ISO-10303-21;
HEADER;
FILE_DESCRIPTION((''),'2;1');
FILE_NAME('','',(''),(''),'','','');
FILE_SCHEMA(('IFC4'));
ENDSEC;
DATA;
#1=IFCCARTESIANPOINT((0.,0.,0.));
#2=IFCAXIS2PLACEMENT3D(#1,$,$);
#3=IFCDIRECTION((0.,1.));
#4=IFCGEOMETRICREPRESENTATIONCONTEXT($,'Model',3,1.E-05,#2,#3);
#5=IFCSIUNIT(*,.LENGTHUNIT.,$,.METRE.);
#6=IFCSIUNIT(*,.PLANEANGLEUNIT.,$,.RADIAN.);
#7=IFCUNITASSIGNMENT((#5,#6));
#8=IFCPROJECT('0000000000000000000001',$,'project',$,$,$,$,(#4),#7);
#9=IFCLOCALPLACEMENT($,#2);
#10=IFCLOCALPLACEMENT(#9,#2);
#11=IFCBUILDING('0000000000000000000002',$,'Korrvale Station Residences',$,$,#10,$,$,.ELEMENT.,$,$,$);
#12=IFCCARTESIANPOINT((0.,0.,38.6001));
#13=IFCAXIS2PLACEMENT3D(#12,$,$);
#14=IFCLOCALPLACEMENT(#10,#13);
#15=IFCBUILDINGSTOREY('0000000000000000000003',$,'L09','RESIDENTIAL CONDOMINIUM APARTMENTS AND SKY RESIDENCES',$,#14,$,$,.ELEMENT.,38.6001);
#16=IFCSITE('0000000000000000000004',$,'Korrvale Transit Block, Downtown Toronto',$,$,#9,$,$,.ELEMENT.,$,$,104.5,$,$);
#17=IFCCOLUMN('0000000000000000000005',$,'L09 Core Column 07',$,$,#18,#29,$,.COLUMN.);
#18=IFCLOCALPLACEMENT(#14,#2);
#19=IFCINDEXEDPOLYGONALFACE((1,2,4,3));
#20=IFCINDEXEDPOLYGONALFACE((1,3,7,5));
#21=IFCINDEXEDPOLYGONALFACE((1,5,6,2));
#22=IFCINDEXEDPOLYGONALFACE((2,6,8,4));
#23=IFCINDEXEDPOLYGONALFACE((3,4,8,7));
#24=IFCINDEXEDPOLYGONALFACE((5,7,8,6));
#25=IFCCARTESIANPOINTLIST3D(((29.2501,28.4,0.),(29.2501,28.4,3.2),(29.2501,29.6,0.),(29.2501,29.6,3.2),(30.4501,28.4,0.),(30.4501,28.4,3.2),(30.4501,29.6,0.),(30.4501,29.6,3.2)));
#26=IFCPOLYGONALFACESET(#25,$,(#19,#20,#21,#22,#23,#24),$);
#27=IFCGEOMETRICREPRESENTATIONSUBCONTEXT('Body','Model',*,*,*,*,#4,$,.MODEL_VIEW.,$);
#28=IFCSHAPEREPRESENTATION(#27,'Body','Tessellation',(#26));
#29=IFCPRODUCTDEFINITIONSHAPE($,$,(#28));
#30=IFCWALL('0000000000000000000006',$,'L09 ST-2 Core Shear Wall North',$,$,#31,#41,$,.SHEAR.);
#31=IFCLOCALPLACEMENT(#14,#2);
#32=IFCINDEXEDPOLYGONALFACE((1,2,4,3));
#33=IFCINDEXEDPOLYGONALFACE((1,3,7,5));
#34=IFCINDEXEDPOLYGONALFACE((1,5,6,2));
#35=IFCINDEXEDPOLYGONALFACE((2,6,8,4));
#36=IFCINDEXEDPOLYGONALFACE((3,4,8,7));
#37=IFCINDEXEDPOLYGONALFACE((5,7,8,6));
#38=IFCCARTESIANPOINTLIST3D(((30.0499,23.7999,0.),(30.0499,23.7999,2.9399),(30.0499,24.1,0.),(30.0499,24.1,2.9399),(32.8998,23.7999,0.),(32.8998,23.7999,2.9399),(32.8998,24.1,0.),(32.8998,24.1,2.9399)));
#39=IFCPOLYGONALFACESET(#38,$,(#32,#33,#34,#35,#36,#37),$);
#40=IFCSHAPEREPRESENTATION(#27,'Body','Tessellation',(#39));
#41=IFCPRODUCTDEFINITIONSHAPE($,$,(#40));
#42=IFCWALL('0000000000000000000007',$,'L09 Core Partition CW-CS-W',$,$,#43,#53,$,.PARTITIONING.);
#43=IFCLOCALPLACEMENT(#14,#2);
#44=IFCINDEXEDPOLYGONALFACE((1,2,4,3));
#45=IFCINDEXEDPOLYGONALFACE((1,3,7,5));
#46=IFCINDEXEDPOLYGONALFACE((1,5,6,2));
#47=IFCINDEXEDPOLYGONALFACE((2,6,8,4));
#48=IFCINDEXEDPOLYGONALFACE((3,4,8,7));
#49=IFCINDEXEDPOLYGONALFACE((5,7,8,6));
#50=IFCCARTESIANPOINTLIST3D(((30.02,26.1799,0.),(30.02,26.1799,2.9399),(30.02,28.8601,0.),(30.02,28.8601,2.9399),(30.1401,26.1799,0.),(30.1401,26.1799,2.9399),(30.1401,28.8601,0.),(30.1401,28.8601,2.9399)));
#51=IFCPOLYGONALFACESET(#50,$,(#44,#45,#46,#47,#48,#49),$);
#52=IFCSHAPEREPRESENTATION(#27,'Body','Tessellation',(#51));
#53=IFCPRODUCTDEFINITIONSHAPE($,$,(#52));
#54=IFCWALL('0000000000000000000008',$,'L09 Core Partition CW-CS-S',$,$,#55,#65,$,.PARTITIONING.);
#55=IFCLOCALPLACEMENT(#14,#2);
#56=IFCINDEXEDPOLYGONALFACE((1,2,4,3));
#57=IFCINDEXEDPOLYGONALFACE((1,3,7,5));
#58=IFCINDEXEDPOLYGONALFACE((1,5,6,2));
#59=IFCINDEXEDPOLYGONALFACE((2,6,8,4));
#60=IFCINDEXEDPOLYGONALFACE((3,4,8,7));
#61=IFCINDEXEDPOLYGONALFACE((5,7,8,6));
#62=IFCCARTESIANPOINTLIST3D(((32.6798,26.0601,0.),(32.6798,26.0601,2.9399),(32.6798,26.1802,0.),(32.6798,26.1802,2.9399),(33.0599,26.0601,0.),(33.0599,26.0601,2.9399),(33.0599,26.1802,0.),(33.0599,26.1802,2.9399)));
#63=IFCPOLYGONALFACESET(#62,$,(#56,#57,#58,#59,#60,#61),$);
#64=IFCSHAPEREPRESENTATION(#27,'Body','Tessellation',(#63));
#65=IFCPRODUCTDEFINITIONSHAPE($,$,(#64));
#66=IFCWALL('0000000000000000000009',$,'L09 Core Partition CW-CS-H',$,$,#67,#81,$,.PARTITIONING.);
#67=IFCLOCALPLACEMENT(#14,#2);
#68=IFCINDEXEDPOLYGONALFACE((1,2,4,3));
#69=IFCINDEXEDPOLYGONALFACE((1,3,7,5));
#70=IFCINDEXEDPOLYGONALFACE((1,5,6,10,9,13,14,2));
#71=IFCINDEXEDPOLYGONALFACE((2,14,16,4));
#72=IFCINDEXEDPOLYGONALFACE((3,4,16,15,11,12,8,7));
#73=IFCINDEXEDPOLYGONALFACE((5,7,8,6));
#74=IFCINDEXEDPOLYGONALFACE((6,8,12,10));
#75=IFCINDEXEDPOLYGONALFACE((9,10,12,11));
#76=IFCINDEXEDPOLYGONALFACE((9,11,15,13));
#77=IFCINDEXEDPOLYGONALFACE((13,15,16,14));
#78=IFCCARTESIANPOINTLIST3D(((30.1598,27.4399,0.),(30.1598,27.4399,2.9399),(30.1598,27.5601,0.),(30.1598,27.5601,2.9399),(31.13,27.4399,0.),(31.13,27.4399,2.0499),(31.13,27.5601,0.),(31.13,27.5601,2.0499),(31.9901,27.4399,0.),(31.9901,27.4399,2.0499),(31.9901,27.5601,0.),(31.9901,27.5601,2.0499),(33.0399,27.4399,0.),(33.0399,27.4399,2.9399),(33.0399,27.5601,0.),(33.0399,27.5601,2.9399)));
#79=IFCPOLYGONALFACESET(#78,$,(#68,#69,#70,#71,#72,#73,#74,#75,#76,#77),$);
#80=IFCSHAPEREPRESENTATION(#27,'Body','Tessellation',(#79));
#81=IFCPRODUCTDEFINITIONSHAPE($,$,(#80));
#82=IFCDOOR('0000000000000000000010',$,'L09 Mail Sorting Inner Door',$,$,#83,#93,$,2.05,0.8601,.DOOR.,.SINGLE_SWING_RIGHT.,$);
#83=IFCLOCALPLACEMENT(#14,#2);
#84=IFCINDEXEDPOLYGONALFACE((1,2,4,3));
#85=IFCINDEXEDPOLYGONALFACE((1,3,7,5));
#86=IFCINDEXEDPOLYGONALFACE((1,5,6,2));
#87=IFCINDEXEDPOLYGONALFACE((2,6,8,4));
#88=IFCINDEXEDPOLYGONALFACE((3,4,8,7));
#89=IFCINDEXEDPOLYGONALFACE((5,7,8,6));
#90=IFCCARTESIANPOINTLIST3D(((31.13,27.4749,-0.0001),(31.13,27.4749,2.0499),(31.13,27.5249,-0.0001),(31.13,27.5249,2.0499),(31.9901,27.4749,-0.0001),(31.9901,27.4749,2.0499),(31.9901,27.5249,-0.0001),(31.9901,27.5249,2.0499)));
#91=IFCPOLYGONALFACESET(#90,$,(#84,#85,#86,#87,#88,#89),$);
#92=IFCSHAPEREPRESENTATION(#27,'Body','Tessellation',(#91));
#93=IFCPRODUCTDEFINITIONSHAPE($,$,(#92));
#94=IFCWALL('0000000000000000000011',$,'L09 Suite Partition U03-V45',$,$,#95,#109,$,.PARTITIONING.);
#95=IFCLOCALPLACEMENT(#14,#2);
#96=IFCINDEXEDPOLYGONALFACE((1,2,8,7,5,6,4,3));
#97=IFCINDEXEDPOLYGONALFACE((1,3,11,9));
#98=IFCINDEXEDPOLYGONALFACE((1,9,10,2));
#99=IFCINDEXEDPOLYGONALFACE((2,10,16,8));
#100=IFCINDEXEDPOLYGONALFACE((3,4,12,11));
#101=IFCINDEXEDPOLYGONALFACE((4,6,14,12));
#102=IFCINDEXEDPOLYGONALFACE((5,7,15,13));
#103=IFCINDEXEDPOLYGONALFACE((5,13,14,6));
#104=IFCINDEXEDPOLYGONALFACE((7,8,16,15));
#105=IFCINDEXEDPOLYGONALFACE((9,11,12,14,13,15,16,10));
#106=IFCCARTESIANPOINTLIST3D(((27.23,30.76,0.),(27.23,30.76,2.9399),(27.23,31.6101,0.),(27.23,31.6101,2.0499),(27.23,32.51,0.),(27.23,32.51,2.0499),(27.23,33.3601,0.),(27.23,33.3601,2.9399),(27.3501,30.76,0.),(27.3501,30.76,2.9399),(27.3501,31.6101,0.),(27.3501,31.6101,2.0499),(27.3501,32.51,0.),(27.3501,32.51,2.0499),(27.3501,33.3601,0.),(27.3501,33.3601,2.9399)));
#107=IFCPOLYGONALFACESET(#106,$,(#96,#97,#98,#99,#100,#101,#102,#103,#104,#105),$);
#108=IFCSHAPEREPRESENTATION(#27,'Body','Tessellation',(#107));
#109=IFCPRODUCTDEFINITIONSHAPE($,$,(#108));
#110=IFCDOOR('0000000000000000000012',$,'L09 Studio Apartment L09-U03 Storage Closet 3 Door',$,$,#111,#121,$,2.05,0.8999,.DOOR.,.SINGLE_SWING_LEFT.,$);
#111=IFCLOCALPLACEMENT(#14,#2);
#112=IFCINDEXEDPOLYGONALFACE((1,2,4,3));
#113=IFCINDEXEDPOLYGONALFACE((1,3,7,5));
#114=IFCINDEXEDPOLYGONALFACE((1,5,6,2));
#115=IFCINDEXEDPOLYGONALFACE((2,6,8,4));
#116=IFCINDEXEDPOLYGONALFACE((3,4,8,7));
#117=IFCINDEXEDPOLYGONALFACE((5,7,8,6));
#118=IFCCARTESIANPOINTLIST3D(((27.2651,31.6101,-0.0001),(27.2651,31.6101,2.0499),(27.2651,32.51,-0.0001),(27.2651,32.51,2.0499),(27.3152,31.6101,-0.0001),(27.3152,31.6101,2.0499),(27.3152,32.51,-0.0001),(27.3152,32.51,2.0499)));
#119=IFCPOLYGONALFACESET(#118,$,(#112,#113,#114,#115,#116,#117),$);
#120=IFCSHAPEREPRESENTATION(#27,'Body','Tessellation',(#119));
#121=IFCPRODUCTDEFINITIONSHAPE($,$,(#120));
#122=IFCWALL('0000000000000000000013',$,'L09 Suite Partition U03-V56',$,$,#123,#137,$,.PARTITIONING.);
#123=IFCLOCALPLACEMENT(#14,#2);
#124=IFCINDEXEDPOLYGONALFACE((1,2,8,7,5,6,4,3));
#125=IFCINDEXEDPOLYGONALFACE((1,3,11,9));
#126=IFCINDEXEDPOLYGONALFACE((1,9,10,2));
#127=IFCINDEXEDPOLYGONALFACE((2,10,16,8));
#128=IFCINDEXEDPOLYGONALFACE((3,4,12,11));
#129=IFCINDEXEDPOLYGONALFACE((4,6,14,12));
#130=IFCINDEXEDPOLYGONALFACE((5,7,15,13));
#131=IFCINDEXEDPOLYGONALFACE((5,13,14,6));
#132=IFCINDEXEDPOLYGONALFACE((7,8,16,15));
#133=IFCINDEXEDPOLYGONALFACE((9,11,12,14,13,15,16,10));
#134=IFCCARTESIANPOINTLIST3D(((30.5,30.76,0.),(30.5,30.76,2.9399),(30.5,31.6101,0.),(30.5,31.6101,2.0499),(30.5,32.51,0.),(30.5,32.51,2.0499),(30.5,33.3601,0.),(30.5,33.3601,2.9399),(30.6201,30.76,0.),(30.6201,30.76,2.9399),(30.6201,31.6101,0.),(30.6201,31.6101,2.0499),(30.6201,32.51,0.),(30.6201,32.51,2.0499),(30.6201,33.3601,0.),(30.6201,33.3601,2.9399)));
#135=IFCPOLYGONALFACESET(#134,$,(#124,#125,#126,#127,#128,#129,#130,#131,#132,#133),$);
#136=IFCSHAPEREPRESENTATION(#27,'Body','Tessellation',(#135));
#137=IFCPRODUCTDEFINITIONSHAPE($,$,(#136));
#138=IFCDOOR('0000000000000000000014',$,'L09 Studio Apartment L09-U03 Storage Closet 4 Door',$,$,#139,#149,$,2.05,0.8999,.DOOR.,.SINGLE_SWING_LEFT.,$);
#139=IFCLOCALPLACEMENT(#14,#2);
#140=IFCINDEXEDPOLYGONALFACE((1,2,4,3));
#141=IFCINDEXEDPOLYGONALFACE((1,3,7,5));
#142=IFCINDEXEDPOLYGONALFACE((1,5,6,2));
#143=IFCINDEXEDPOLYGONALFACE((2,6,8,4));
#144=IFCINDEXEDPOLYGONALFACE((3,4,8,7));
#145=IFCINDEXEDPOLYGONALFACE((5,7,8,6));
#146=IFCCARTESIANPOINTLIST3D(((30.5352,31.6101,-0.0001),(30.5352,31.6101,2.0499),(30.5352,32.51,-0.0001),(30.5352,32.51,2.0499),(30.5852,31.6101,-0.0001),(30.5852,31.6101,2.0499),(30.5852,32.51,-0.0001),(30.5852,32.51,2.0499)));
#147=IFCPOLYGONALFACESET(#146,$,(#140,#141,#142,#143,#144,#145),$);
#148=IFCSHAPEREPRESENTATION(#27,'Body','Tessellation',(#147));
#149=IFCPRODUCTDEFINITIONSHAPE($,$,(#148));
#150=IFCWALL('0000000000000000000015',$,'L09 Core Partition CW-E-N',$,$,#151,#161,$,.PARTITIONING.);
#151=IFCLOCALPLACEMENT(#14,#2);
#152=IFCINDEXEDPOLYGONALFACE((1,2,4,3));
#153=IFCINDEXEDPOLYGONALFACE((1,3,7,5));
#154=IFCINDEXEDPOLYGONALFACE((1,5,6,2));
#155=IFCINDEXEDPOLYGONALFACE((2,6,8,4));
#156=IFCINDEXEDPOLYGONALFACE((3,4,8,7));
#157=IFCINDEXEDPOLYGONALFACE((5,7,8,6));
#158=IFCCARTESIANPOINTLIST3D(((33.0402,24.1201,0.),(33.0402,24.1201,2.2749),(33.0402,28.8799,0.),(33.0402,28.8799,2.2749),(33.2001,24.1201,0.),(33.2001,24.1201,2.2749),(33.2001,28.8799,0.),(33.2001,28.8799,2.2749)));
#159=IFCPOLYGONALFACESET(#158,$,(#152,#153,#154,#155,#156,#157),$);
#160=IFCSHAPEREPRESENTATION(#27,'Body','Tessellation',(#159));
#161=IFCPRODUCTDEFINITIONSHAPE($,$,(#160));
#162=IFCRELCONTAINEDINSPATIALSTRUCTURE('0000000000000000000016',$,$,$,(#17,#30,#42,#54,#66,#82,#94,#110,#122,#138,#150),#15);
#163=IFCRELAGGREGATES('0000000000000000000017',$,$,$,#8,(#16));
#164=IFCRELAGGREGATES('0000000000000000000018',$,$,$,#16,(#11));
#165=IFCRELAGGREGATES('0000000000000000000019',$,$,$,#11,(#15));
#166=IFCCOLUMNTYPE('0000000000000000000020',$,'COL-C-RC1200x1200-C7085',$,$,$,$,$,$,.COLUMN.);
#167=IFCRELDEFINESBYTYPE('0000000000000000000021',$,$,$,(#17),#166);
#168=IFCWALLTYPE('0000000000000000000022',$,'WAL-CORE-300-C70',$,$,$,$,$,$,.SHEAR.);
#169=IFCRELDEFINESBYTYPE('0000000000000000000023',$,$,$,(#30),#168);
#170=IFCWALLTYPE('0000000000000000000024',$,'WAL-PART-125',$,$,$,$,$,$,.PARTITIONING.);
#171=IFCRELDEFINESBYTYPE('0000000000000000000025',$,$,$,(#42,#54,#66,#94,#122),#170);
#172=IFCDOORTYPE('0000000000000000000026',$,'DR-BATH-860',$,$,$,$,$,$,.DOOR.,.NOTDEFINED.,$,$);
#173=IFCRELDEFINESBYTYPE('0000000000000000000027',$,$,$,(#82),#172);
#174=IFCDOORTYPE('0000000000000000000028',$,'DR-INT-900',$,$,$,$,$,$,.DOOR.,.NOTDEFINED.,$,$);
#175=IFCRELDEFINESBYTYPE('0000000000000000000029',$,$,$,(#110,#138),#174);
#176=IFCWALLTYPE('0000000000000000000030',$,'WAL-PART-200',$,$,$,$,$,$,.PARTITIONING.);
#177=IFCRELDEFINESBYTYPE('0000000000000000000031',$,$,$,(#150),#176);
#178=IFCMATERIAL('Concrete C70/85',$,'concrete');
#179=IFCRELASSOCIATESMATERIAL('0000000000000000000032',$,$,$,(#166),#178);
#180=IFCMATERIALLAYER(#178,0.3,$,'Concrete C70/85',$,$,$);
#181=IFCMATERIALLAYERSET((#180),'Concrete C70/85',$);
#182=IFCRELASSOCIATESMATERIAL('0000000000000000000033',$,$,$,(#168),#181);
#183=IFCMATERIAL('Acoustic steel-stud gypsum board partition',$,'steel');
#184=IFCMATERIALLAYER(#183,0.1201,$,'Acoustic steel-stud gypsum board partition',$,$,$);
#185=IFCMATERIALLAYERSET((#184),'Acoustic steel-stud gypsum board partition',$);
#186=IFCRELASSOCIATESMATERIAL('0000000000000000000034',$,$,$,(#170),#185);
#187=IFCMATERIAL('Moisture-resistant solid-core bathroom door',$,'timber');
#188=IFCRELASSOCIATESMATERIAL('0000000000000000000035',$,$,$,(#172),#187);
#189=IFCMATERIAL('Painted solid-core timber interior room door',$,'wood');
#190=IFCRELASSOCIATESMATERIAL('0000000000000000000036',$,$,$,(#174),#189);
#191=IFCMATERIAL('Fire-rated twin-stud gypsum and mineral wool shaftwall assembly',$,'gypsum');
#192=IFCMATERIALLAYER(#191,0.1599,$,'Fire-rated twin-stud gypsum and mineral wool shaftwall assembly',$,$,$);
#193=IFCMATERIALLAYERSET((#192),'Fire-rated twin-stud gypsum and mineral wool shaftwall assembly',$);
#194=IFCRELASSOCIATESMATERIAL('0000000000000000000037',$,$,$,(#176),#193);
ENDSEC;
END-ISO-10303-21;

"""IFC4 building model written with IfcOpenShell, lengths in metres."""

from ifc_helpers import new_model, si_unit, direction, frame, frame_2d, origin, origin_2d, place, context, subcontext, project, spatial, rectangle, extrude, material, layer, layer_set, material_profile, profile_set, type_object, element, fill, save


model = new_model("IFC4")

# Units and contexts
model_context = context("Model", 3, precision=1e-05, world=origin(), true_north=direction((0.0, 1.0)))
body_context = subcontext(model_context, "Body", "Model", "MODEL_VIEW")
ifc_project = project(units=[si_unit("LENGTHUNIT", "METRE"), si_unit("PLANEANGLEUNIT", "RADIAN")], contexts=[model_context])

# Site, building, storey
site_placement = place(None, origin())
site = spatial("IfcSite", under=ifc_project, at=site_placement, Name="Korrvale Transit Block, Downtown Toronto", CompositionType="ELEMENT", RefElevation=104.5)
building_placement = place(site_placement, origin())
building = spatial("IfcBuilding", under=site, at=building_placement, Name="Korrvale Station Residences", CompositionType="ELEMENT")
storey_placement = place(building_placement, frame((0.0, 0.0, 38.6001)))
storey = spatial("IfcBuildingStorey", under=building, at=storey_placement, Name="L09", Description="RESIDENTIAL CONDOMINIUM APARTMENTS AND SKY RESIDENCES", CompositionType="ELEMENT", Elevation=38.6001)

# Column
ifc_material_1 = material(Name="Concrete C70/85", Category="concrete")
ifc_material_profile = material_profile(ifc_material_1, rectangle(XDim=1.2, YDim=1.2, at=origin_2d()), Name="RC1200x1200")
ifc_profile_set = profile_set([ifc_material_profile], Name="Concrete C70/85")
column_type = type_object("IfcColumnType", Name="COL-C-RC1200x1200-C7085", PredefinedType="COLUMN", material=ifc_profile_set)
column_placement = place(storey_placement, frame((29.8501, 29.0, 0.0), z_axis=(0.0, 0.0, 1.0), x_axis=(1.0, 0.0, 0.0)))
element("IfcColumn", 1, at=column_placement, inside=storey, type_object=column_type, Name="L09 Core Column 07", PredefinedType="COLUMN", context=body_context, shape_type="SweptSolid", body=[
    extrude(rectangle(XDim=1.2, YDim=1.2, at=origin_2d()), origin(), (0.0, 0.0, 1.0), 3.2),
])

# Walls
ifc_layer_1 = layer(ifc_material_1, 0.3, Name="Concrete C70/85")
ifc_layer_set_1 = layer_set([ifc_layer_1], Name="Concrete C70/85")
wall_type_1 = type_object("IfcWallType", Name="WAL-CORE-300-C70", PredefinedType="SHEAR", material=ifc_layer_set_1)
wall_1_placement = place(storey_placement, frame((30.05, 23.95, 0.0), z_axis=(0.0, 0.0, 1.0), x_axis=(1.0, 0.0, 0.0)))
element("IfcWall", 2, at=wall_1_placement, inside=storey, type_object=wall_type_1, Name="L09 ST-2 Core Shear Wall North", PredefinedType="SHEAR", context=body_context, shape_type="SweptSolid", body=[
    extrude(rectangle(XDim=2.8499, YDim=0.3, at=frame_2d((1.4248, 0.0))), origin(), (0.0, 0.0, 1.0), 2.9399),
])
ifc_material_2 = material(Name="Acoustic steel-stud gypsum board partition", Category="steel")
ifc_layer_2 = layer(ifc_material_2, 0.1201, Name="Acoustic steel-stud gypsum board partition")
ifc_layer_set_2 = layer_set([ifc_layer_2], Name="Acoustic steel-stud gypsum board partition")
wall_type_2 = type_object("IfcWallType", Name="WAL-PART-125", PredefinedType="PARTITIONING", material=ifc_layer_set_2)
wall_2_placement = place(storey_placement, frame((30.0801, 26.1799, 0.0), z_axis=(0.0, 0.0, 1.0), x_axis=(0.0, 1.0, 0.0)))
element("IfcWall", 3, at=wall_2_placement, inside=storey, type_object=wall_type_2, Name="L09 Core Partition CW-CS-W", PredefinedType="PARTITIONING", context=body_context, shape_type="SweptSolid", body=[
    extrude(rectangle(XDim=2.6802, YDim=0.1201, at=frame_2d((1.3401, 0.0))), origin(), (0.0, 0.0, 1.0), 2.9399),
])
wall_3_placement = place(storey_placement, frame((32.6799, 26.1201, 0.0), z_axis=(0.0, 0.0, 1.0), x_axis=(1.0, 0.0, 0.0)))
element("IfcWall", 4, at=wall_3_placement, inside=storey, type_object=wall_type_2, Name="L09 Core Partition CW-CS-S", PredefinedType="PARTITIONING", context=body_context, shape_type="SweptSolid", body=[
    extrude(rectangle(XDim=0.3801, YDim=0.1201, at=frame_2d((0.1899, 0.0))), origin(), (0.0, 0.0, 1.0), 2.9399),
])

# Walls, openings, doors
wall_4_placement = place(storey_placement, frame((30.1599, 27.5, 0.0), z_axis=(0.0, 0.0, 1.0), x_axis=(1.0, 0.0, 0.0)))
wall_4 = element("IfcWall", 5, at=wall_4_placement, inside=storey, type_object=wall_type_2, Name="L09 Core Partition CW-CS-H", PredefinedType="PARTITIONING", context=body_context, shape_type="SweptSolid", body=[
    extrude(rectangle(XDim=2.8801, YDim=0.1201, at=frame_2d((1.4399, 0.0))), origin(), (0.0, 0.0, 1.0), 2.9399),
])
opening_1_placement = place(wall_4_placement, frame((0.97, 0.0, 0.0)))
opening_1 = element("IfcOpeningElement", 6, at=opening_1_placement, cuts=wall_4, PredefinedType="OPENING", context=body_context, shape_type="SweptSolid", body=[
    extrude(rectangle(XDim=0.8601, YDim=2.05, at=frame_2d((0.4302, 1.0249))), frame((0.0, 0.0701, 0.0), z_axis=(0.0, -1.0, 0.0), x_axis=(1.0, 0.0, 0.0)), (0.0, 0.0, 1.0), 0.1401),
])
ifc_material_3 = material(Name="Moisture-resistant solid-core bathroom door", Category="timber")
door_type_1 = type_object("IfcDoorType", Name="DR-BATH-860", OperationType="NOTDEFINED", PredefinedType="DOOR", material=ifc_material_3)
door_1_placement = place(opening_1_placement, origin())
door_1 = element("IfcDoor", 7, at=door_1_placement, inside=storey, type_object=door_type_1, Name="L09 Mail Sorting Inner Door", OperationType="SINGLE_SWING_RIGHT", OverallHeight=2.05, OverallWidth=0.8601, PredefinedType="DOOR", context=body_context, shape_type="SweptSolid", body=[
    extrude(rectangle(XDim=0.8601, YDim=2.05, at=frame_2d((0.4302, 1.0249))), frame((0.0, 0.0249, 0.0), z_axis=(0.0, -1.0, 0.0), x_axis=(1.0, 0.0, 0.0)), (0.0, 0.0, 1.0), 0.05),
])
fill(opening_1, door_1)
wall_5_placement = place(storey_placement, frame((27.29, 30.76, 0.0), z_axis=(0.0, 0.0, 1.0), x_axis=(0.0, 1.0, 0.0)))
wall_5 = element("IfcWall", 8, at=wall_5_placement, inside=storey, type_object=wall_type_2, Name="L09 Suite Partition U03-V45", PredefinedType="PARTITIONING", context=body_context, shape_type="SweptSolid", body=[
    extrude(rectangle(XDim=2.6001, YDim=0.1201, at=frame_2d((1.3, 0.0))), origin(), (0.0, 0.0, 1.0), 2.9399),
])
opening_2_placement = place(wall_5_placement, frame((0.8501, 0.0, 0.0)))
opening_2 = element("IfcOpeningElement", 9, at=opening_2_placement, cuts=wall_5, PredefinedType="OPENING", context=body_context, shape_type="SweptSolid", body=[
    extrude(rectangle(XDim=0.8999, YDim=2.05, at=frame_2d((0.45, 1.0249))), frame((0.0, 0.0701, 0.0), z_axis=(0.0, -1.0, 0.0), x_axis=(1.0, 0.0, 0.0)), (0.0, 0.0, 1.0), 0.1401),
])
ifc_material_4 = material(Name="Painted solid-core timber interior room door", Category="wood")
door_type_2 = type_object("IfcDoorType", Name="DR-INT-900", OperationType="NOTDEFINED", PredefinedType="DOOR", material=ifc_material_4)
door_2_placement = place(opening_2_placement, origin())
door_2 = element("IfcDoor", 10, at=door_2_placement, inside=storey, type_object=door_type_2, Name="L09 Studio Apartment L09-U03 Storage Closet 3 Door", OperationType="SINGLE_SWING_LEFT", OverallHeight=2.05, OverallWidth=0.8999, PredefinedType="DOOR", context=body_context, shape_type="SweptSolid", body=[
    extrude(rectangle(XDim=0.8999, YDim=2.05, at=frame_2d((0.45, 1.0249))), frame((0.0, 0.0249, 0.0), z_axis=(0.0, -1.0, 0.0), x_axis=(1.0, 0.0, 0.0)), (0.0, 0.0, 1.0), 0.05),
])
fill(opening_2, door_2)
wall_6_placement = place(storey_placement, frame((30.5601, 30.76, 0.0), z_axis=(0.0, 0.0, 1.0), x_axis=(0.0, 1.0, 0.0)))
wall_6 = element("IfcWall", 11, at=wall_6_placement, inside=storey, type_object=wall_type_2, Name="L09 Suite Partition U03-V56", PredefinedType="PARTITIONING", context=body_context, shape_type="SweptSolid", body=[
    extrude(rectangle(XDim=2.6001, YDim=0.1201, at=frame_2d((1.3, 0.0))), origin(), (0.0, 0.0, 1.0), 2.9399),
])
opening_3_placement = place(wall_6_placement, frame((0.8501, 0.0, 0.0)))
opening_3 = element("IfcOpeningElement", 12, at=opening_3_placement, cuts=wall_6, PredefinedType="OPENING", context=body_context, shape_type="SweptSolid", body=[
    extrude(rectangle(XDim=0.8999, YDim=2.05, at=frame_2d((0.45, 1.0249))), frame((0.0, 0.0701, 0.0), z_axis=(0.0, -1.0, 0.0), x_axis=(1.0, 0.0, 0.0)), (0.0, 0.0, 1.0), 0.1401),
])
door_3_placement = place(opening_3_placement, origin())
door_3 = element("IfcDoor", 13, at=door_3_placement, inside=storey, type_object=door_type_2, Name="L09 Studio Apartment L09-U03 Storage Closet 4 Door", OperationType="SINGLE_SWING_LEFT", OverallHeight=2.05, OverallWidth=0.8999, PredefinedType="DOOR", context=body_context, shape_type="SweptSolid", body=[
    extrude(rectangle(XDim=0.8999, YDim=2.05, at=frame_2d((0.45, 1.0249))), frame((0.0, 0.0249, 0.0), z_axis=(0.0, -1.0, 0.0), x_axis=(1.0, 0.0, 0.0)), (0.0, 0.0, 1.0), 0.05),
])
fill(opening_3, door_3)

# Wall
ifc_material_5 = material(Name="Fire-rated twin-stud gypsum and mineral wool shaftwall assembly", Category="gypsum")
ifc_layer_3 = layer(ifc_material_5, 0.1599, Name="Fire-rated twin-stud gypsum and mineral wool shaftwall assembly")
ifc_layer_set_3 = layer_set([ifc_layer_3], Name="Fire-rated twin-stud gypsum and mineral wool shaftwall assembly")
wall_type_3 = type_object("IfcWallType", Name="WAL-PART-200", PredefinedType="PARTITIONING", material=ifc_layer_set_3)
wall_7_placement = place(storey_placement, frame((33.1201, 24.1201, 0.0), z_axis=(0.0, 0.0, 1.0), x_axis=(0.0, 1.0, 0.0)))
element("IfcWall", 14, at=wall_7_placement, inside=storey, type_object=wall_type_3, Name="L09 Core Partition CW-E-N", PredefinedType="PARTITIONING", context=body_context, shape_type="SweptSolid", body=[
    extrude(rectangle(XDim=4.7598, YDim=0.1599, at=frame_2d((2.3799, 0.0))), origin(), (0.0, 0.0, 1.0), 2.2749),
])

save(model, "model.ifc")
